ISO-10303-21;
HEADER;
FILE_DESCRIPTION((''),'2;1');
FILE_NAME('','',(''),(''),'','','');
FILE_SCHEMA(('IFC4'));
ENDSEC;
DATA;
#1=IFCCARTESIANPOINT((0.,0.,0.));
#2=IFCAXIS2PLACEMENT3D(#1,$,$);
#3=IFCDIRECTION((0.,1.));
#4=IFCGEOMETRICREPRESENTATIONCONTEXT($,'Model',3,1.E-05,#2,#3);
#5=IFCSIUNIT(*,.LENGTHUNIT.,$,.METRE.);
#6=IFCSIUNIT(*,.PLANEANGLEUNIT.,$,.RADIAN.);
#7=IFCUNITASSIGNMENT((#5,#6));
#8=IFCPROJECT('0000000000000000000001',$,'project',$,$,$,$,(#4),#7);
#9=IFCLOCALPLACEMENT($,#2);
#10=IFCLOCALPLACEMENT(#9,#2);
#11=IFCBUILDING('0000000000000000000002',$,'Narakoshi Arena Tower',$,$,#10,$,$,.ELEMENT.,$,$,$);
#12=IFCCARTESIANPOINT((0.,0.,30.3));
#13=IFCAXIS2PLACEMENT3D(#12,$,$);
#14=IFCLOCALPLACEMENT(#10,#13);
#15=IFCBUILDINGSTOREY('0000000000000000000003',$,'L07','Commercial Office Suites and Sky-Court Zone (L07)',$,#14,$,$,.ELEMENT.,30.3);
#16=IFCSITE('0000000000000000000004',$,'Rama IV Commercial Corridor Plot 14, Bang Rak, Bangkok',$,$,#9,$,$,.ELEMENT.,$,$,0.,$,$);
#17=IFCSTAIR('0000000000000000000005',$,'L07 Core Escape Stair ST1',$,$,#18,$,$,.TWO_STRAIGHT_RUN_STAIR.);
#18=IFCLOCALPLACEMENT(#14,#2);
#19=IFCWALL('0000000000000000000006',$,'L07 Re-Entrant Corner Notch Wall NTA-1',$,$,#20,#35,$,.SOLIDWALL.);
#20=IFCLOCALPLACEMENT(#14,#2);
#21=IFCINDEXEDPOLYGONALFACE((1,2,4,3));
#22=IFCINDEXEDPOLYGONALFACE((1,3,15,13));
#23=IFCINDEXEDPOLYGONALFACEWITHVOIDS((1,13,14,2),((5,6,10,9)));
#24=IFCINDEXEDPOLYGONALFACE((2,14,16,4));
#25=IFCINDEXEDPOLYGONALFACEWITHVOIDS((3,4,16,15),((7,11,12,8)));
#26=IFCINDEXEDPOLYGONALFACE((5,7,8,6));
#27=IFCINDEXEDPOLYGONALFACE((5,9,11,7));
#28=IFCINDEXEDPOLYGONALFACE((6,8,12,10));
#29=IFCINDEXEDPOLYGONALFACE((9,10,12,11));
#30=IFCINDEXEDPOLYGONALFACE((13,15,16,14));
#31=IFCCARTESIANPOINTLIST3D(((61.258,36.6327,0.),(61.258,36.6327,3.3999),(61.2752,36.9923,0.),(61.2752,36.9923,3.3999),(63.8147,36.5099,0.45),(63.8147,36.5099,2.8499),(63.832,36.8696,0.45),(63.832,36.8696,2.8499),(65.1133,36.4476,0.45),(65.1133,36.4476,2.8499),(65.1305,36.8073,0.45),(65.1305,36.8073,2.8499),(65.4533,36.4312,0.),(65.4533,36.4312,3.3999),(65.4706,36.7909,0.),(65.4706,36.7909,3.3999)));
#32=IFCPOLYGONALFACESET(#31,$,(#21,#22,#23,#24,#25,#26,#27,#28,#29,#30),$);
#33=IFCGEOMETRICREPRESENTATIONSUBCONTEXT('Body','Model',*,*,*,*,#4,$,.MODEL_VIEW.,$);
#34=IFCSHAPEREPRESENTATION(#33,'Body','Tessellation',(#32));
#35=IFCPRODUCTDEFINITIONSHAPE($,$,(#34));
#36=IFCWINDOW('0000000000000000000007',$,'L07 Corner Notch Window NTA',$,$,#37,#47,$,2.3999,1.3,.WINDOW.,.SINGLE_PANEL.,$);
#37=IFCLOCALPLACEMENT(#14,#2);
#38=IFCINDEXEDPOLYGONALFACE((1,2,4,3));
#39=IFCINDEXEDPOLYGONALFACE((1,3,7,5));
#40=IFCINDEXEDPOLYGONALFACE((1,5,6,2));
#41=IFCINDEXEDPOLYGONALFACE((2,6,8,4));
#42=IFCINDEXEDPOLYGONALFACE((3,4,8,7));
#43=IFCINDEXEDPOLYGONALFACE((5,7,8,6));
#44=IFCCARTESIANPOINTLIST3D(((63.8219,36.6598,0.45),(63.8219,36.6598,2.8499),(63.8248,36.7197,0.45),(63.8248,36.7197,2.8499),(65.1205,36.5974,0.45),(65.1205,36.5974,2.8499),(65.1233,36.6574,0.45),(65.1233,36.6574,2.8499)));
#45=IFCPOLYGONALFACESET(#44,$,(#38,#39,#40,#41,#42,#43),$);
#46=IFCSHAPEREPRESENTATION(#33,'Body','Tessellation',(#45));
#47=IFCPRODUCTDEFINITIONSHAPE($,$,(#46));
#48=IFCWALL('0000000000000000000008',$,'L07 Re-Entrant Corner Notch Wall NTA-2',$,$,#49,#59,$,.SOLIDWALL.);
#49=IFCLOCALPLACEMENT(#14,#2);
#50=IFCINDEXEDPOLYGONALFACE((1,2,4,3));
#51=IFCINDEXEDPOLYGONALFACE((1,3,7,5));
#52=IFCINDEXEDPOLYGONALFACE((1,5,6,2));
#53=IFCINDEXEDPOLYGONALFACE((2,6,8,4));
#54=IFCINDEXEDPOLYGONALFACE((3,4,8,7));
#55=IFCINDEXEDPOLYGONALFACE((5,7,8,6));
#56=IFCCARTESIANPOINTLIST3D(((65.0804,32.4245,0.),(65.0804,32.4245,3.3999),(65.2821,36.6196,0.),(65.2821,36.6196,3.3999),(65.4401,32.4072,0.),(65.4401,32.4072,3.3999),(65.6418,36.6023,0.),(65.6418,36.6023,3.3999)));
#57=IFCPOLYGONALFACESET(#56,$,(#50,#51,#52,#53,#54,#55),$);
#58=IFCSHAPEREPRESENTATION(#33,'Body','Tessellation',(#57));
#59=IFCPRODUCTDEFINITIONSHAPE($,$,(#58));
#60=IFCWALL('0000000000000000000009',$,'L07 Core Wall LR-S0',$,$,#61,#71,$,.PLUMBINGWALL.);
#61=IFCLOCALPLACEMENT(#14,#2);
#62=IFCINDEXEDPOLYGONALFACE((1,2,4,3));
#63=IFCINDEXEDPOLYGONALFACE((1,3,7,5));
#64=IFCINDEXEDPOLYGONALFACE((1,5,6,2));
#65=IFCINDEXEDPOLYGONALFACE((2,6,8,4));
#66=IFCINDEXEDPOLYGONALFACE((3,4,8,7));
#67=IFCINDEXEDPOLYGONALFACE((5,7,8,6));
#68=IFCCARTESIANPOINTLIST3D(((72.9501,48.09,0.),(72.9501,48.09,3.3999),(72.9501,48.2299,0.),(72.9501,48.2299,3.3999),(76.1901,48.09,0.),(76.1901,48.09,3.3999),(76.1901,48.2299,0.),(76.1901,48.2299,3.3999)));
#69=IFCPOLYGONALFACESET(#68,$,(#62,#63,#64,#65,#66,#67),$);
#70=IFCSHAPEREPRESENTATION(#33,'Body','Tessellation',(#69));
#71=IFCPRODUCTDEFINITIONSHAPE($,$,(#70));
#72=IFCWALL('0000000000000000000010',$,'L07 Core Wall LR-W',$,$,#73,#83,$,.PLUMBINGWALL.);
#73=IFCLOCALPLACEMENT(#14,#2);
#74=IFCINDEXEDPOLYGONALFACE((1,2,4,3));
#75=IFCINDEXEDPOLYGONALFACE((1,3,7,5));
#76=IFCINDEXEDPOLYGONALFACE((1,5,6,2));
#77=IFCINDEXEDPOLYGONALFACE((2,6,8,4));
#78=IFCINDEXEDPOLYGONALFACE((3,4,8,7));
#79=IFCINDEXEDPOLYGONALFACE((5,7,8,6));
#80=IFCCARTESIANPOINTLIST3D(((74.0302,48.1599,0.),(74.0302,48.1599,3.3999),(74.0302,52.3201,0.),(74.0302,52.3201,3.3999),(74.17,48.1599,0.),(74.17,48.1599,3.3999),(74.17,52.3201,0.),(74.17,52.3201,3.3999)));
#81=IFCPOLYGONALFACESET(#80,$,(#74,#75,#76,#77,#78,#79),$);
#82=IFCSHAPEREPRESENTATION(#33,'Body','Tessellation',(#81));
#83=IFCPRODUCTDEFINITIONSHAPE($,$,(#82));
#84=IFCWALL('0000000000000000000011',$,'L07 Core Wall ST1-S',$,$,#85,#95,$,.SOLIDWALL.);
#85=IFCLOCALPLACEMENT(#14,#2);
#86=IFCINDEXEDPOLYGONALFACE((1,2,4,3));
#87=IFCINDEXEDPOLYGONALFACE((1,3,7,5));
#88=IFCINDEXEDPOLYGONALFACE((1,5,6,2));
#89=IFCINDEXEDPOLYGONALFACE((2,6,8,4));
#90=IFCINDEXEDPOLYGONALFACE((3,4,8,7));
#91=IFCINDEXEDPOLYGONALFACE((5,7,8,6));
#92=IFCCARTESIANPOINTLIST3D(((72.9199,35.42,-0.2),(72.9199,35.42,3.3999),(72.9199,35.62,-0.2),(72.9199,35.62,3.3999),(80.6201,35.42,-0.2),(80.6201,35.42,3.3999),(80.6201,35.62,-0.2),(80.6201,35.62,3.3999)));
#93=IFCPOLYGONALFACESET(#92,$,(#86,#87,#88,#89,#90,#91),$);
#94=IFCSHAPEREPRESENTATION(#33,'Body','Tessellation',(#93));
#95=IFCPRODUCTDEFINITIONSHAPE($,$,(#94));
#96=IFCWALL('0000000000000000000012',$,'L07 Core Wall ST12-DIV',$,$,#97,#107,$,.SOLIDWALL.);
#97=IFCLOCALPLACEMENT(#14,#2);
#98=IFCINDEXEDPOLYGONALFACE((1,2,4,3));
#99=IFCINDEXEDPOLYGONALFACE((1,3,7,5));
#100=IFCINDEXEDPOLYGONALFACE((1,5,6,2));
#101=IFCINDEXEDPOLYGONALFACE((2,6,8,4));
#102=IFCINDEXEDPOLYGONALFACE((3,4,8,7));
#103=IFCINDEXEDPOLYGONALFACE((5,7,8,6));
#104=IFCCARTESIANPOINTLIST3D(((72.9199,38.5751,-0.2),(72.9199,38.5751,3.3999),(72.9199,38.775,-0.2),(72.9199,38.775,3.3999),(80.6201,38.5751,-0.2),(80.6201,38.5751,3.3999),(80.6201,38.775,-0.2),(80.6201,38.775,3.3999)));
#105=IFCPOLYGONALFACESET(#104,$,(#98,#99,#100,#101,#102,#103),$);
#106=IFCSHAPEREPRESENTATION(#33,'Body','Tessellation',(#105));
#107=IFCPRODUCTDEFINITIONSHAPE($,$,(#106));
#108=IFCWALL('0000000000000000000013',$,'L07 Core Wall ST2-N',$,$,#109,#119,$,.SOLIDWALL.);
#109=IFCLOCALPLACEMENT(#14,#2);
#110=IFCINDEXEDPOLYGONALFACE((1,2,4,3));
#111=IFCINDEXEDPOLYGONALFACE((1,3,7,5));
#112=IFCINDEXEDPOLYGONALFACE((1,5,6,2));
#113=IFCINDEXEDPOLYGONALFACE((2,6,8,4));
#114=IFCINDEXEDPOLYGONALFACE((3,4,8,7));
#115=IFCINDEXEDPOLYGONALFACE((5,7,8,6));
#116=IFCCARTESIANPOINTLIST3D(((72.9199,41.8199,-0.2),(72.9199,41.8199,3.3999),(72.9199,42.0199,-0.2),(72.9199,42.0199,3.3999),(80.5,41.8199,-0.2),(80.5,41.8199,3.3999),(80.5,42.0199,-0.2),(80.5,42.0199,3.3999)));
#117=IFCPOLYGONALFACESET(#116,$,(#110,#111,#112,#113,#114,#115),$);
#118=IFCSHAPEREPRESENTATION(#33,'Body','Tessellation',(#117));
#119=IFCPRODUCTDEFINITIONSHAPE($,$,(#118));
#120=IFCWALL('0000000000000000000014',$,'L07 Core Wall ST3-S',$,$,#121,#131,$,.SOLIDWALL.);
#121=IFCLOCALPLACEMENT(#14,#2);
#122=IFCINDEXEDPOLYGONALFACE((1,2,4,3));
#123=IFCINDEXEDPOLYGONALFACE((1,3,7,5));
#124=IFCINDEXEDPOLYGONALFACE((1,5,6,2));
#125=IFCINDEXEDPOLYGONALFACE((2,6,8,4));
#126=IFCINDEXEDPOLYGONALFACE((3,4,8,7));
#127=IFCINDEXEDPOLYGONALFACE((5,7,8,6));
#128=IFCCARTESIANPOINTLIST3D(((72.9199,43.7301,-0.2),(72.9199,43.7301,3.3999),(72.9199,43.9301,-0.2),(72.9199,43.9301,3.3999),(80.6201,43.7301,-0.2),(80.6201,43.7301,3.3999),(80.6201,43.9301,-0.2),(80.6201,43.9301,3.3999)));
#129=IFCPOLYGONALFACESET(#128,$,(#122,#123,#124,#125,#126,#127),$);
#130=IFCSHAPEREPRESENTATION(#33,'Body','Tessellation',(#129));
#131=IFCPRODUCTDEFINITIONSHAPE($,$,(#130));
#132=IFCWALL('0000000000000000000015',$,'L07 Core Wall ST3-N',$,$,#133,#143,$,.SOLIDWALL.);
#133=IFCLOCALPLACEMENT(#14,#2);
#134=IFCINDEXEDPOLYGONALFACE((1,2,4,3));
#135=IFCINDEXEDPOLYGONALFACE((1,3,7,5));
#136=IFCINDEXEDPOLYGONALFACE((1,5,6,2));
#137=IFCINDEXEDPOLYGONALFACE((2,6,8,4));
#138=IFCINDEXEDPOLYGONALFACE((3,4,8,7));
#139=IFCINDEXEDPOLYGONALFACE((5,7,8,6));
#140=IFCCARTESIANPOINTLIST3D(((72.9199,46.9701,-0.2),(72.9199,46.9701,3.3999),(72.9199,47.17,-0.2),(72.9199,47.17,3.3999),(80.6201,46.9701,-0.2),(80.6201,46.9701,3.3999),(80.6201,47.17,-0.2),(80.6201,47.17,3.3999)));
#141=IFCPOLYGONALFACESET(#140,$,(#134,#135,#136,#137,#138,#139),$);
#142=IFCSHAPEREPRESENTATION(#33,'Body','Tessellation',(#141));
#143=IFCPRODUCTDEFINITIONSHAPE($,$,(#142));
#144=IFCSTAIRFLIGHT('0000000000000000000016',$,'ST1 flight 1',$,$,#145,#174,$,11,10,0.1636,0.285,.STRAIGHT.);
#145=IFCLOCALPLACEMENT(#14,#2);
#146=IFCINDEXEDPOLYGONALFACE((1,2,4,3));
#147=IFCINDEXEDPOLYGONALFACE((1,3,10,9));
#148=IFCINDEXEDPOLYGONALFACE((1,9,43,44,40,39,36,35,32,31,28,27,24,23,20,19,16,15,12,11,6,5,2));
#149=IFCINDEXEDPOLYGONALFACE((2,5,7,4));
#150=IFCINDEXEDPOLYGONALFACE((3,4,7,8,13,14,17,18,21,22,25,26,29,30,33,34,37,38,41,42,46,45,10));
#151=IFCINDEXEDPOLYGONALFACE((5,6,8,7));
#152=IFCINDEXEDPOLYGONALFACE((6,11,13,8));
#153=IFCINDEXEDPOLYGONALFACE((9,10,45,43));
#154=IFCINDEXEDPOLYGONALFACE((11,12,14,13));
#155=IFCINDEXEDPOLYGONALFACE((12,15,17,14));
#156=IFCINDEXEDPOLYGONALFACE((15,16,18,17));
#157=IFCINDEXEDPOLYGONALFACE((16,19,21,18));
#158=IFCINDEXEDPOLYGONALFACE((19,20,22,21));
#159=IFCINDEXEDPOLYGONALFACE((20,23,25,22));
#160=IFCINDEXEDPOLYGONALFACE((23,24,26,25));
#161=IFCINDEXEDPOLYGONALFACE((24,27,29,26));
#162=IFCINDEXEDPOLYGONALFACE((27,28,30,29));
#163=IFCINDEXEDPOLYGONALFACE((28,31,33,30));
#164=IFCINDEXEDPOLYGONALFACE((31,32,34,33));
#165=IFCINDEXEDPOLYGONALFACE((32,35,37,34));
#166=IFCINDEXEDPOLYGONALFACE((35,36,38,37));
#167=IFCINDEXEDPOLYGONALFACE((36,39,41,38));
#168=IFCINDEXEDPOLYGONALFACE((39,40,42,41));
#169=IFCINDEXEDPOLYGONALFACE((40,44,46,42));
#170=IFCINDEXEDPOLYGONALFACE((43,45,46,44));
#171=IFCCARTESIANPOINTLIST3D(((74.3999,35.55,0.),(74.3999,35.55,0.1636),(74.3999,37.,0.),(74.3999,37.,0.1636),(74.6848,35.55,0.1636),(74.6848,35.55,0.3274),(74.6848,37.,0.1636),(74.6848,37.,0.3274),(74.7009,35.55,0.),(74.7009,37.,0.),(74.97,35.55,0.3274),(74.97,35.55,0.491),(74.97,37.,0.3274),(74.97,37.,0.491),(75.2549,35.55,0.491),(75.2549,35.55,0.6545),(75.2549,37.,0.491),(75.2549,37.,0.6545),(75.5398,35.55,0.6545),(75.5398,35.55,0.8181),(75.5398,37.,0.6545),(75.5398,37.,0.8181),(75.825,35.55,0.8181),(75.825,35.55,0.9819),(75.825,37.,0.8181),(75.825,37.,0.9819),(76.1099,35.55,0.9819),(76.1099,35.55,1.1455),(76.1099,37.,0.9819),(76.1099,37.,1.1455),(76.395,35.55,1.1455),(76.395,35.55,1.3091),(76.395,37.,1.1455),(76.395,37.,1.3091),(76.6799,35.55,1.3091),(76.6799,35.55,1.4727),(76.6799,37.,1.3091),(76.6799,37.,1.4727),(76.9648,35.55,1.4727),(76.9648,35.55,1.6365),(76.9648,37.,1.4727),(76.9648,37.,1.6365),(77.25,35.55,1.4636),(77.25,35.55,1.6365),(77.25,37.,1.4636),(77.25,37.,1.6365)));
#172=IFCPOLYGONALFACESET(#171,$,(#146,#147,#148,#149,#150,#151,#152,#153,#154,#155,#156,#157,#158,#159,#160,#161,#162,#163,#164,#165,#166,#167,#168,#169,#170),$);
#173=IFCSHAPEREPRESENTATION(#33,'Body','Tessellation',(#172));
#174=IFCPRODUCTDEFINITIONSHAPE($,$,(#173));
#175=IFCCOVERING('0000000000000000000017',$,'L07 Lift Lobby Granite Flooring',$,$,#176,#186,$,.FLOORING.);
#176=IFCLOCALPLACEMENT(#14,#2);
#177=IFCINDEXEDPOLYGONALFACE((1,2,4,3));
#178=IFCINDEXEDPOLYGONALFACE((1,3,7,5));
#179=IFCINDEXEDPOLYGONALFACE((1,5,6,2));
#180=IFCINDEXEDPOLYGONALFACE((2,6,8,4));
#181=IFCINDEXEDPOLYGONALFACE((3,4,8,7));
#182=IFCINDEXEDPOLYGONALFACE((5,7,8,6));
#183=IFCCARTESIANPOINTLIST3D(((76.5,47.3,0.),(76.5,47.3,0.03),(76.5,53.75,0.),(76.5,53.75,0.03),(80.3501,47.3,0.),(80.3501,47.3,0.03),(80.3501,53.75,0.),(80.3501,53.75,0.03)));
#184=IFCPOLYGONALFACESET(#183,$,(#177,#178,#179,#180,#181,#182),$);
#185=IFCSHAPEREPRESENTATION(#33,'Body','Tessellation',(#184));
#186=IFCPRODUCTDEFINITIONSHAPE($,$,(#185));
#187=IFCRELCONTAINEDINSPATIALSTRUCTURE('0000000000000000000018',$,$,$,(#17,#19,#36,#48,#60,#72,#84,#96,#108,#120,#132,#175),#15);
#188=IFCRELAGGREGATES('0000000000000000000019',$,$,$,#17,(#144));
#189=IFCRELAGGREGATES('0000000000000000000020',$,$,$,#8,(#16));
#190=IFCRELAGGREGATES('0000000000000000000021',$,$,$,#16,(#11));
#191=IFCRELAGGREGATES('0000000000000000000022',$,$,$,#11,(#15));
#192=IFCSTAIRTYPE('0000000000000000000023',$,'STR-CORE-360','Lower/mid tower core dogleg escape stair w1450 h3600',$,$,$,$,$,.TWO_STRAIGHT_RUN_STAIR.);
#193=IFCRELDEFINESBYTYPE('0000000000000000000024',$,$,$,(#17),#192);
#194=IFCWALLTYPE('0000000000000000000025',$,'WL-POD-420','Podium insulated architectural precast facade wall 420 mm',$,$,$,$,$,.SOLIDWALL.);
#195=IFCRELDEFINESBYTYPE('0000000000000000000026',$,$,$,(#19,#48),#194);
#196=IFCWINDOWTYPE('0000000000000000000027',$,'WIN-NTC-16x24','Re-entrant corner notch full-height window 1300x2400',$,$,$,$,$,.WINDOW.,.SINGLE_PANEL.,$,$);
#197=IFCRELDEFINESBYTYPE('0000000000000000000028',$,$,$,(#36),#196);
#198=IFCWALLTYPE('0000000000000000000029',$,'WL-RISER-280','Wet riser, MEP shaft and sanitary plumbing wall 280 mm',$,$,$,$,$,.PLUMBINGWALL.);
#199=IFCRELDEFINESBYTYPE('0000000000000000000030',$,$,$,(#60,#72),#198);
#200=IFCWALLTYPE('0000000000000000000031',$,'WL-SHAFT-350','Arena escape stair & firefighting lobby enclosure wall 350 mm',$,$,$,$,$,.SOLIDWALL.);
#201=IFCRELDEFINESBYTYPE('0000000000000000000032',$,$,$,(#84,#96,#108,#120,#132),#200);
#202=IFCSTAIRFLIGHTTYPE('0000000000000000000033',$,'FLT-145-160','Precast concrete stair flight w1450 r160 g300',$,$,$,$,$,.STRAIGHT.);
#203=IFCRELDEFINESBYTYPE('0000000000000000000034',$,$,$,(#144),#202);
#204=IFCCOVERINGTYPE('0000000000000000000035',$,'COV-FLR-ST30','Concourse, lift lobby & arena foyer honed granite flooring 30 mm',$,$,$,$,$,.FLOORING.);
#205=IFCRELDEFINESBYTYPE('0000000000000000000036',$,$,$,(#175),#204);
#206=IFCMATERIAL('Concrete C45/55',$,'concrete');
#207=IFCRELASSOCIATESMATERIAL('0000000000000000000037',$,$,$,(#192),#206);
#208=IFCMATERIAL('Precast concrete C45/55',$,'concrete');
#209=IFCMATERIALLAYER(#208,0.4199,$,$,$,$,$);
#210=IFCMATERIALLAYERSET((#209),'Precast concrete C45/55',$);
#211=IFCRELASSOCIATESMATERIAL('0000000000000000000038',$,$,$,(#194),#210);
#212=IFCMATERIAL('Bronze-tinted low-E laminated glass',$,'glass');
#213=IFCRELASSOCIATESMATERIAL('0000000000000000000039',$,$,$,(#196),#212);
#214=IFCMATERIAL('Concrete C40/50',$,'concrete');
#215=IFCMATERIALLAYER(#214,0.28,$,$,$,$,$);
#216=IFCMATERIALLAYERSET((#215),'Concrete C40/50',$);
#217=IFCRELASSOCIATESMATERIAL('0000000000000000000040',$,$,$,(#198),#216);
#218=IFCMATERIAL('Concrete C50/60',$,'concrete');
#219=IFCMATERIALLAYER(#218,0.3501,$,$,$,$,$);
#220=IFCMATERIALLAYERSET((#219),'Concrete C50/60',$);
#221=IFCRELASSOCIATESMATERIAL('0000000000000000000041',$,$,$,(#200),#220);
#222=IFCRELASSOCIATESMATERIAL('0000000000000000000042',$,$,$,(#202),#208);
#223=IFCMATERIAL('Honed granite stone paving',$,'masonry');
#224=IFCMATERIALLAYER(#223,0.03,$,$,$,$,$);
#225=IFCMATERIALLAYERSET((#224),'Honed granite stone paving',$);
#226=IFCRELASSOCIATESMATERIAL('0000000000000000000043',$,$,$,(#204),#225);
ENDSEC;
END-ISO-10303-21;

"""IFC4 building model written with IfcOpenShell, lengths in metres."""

from ifc_helpers import new_model, si_unit, direction, frame, frame_2d, origin, place, context, subcontext, project, spatial, polyline, rectangle, outline, extrude, material, layer, layer_set, type_object, element, fill, aggregate, save


model = new_model("IFC4")

# Units and contexts
model_context = context("Model", 3, precision=1e-05, world=origin(), true_north=direction((0.0, 1.0)))
body_context = subcontext(model_context, "Body", "Model", "MODEL_VIEW")
ifc_project = project(units=[si_unit("LENGTHUNIT", "METRE"), si_unit("PLANEANGLEUNIT", "RADIAN")], contexts=[model_context])

# Site, building, storey
site_placement = place(None, origin())
site = spatial("IfcSite", under=ifc_project, at=site_placement, Name="Rama IV Commercial Corridor Plot 14, Bang Rak, Bangkok", CompositionType="ELEMENT", RefElevation=0.0)
building_placement = place(site_placement, origin())
building = spatial("IfcBuilding", under=site, at=building_placement, Name="Narakoshi Arena Tower", CompositionType="ELEMENT")
storey_placement = place(building_placement, frame((0.0, 0.0, 30.3)))
storey = spatial("IfcBuildingStorey", under=building, at=storey_placement, Name="L07", Description="Commercial Office Suites and Sky-Court Zone (L07)", CompositionType="ELEMENT", Elevation=30.3)

# Stair
ifc_material_1 = material(Name="Concrete C45/55", Category="concrete")
stair_type = type_object("IfcStairType", Name="STR-CORE-360", Description="Lower/mid tower core dogleg escape stair w1450 h3600", PredefinedType="TWO_STRAIGHT_RUN_STAIR", material=ifc_material_1)
stair_1_placement = place(storey_placement, origin())
stair_1 = element("IfcStair", 1, at=stair_1_placement, inside=storey, type_object=stair_type, Name="L07 Core Escape Stair ST1", PredefinedType="TWO_STRAIGHT_RUN_STAIR")

# Wall, opening, window
ifc_material_2 = material(Name="Precast concrete C45/55", Category="concrete")
ifc_layer_1 = layer(ifc_material_2, 0.4199)
ifc_layer_set_1 = layer_set([ifc_layer_1], Name="Precast concrete C45/55")
wall_type_1 = type_object("IfcWallType", Name="WL-POD-420", Description="Podium insulated architectural precast facade wall 420 mm", PredefinedType="SOLIDWALL", material=ifc_layer_set_1)
ifc_material_3 = material(Name="Bronze-tinted low-E laminated glass", Category="glass")
wall_1_placement = place(storey_placement, frame((61.2666, 36.8125, 0.0), z_axis=(0.0, 0.0, 1.0), x_axis=(0.99885, -0.047955, 0.0)))
wall_1 = element("IfcWall", 2, at=wall_1_placement, inside=storey, type_object=wall_type_1, Name="L07 Re-Entrant Corner Notch Wall NTA-1", PredefinedType="SOLIDWALL", context=body_context, shape_type="SweptSolid", body=[
    extrude(rectangle(XDim=4.2002, YDim=0.3601, at=frame_2d((2.1001, 0.0))), origin(), (0.0, 0.0, 1.0), 3.3999),
])
opening_1_placement = place(wall_1_placement, frame((2.5598, 0.0, 0.45)))
opening_1 = element("IfcOpeningElement", 3, at=opening_1_placement, cuts=wall_1, PredefinedType="OPENING", context=body_context, shape_type="SweptSolid", body=[
    extrude(rectangle(XDim=1.3, YDim=2.3999, at=frame_2d((0.6499, 1.2))), frame((0.0, 0.1899, 0.0), z_axis=(0.0, -1.0, 0.0), x_axis=(1.0, 0.0, 0.0)), (0.0, 0.0, 1.0), 0.3801),
])
window_type_1 = type_object("IfcWindowType", Name="WIN-NTC-16x24", Description="Re-entrant corner notch full-height window 1300x2400", PartitioningType="SINGLE_PANEL", PredefinedType="WINDOW", material=ifc_material_3)
window_1_placement = place(opening_1_placement, origin())
window_1 = element("IfcWindow", 4, at=window_1_placement, inside=storey, type_object=window_type_1, Name="L07 Corner Notch Window NTA", OverallHeight=2.3999, OverallWidth=1.3, PartitioningType="SINGLE_PANEL", PredefinedType="WINDOW", context=body_context, shape_type="SweptSolid", body=[
    extrude(rectangle(XDim=1.3, YDim=2.3999, at=frame_2d((0.6499, 1.2))), frame((0.0, 0.03, 0.0), z_axis=(0.0, -1.0, 0.0), x_axis=(1.0, 0.0, 0.0)), (0.0, 0.0, 1.0), 0.0601),
])
fill(opening_1, window_1)

# Walls
wall_2_placement = place(storey_placement, frame((65.4619, 36.6111, 0.0), z_axis=(0.0, 0.0, 1.0), x_axis=(-0.048015, -0.998847, 0.0)))
element("IfcWall", 5, at=wall_2_placement, inside=storey, type_object=wall_type_1, Name="L07 Re-Entrant Corner Notch Wall NTA-2", PredefinedType="SOLIDWALL", context=body_context, shape_type="SweptSolid", body=[
    extrude(rectangle(XDim=4.2, YDim=0.3601, at=frame_2d((2.1001, 0.0))), origin(), (0.0, 0.0, 1.0), 3.3999),
])
ifc_material_4 = material(Name="Concrete C40/50", Category="concrete")
ifc_layer_2 = layer(ifc_material_4, 0.28)
ifc_layer_set_2 = layer_set([ifc_layer_2], Name="Concrete C40/50")
wall_type_2 = type_object("IfcWallType", Name="WL-RISER-280", Description="Wet riser, MEP shaft and sanitary plumbing wall 280 mm", PredefinedType="PLUMBINGWALL", material=ifc_layer_set_2)
wall_3_placement = place(storey_placement, frame((72.95, 48.1599, 0.0), z_axis=(0.0, 0.0, 1.0), x_axis=(1.0, 0.0, 0.0)))
element("IfcWall", 6, at=wall_3_placement, inside=storey, type_object=wall_type_2, Name="L07 Core Wall LR-S0", PredefinedType="PLUMBINGWALL", context=body_context, shape_type="SweptSolid", body=[
    extrude(rectangle(XDim=3.24, YDim=0.1399, at=frame_2d((1.6201, 0.0))), origin(), (0.0, 0.0, 1.0), 3.3999),
])
wall_4_placement = place(storey_placement, frame((74.1001, 48.1599, 0.0), z_axis=(0.0, 0.0, 1.0), x_axis=(0.0, 1.0, 0.0)))
element("IfcWall", 7, at=wall_4_placement, inside=storey, type_object=wall_type_2, Name="L07 Core Wall LR-W", PredefinedType="PLUMBINGWALL", context=body_context, shape_type="SweptSolid", body=[
    extrude(rectangle(XDim=4.1602, YDim=0.1399, at=frame_2d((2.0801, 0.0))), origin(), (0.0, 0.0, 1.0), 3.3999),
])
ifc_material_5 = material(Name="Concrete C50/60", Category="concrete")
ifc_layer_3 = layer(ifc_material_5, 0.3501)
ifc_layer_set_3 = layer_set([ifc_layer_3], Name="Concrete C50/60")
wall_type_3 = type_object("IfcWallType", Name="WL-SHAFT-350", Description="Arena escape stair & firefighting lobby enclosure wall 350 mm", PredefinedType="SOLIDWALL", material=ifc_layer_set_3)
for number, where, z_axis, x_axis, name in (
    (8, (72.9199, 35.52, -0.2), (0.0, 0.0, 1.0), (1.0, 0.0, 0.0), "L07 Core Wall ST1-S"),
    (9, (72.9199, 38.675, -0.2), (0.0, 0.0, 1.0), (1.0, 0.0, 0.0), "L07 Core Wall ST12-DIV"),
):
    element("IfcWall", number, at=place(storey_placement, frame(where, z_axis=z_axis, x_axis=x_axis)), inside=storey, type_object=wall_type_3, Name=name, PredefinedType="SOLIDWALL", context=body_context, shape_type="SweptSolid", body=[
        extrude(rectangle(XDim=7.7002, YDim=0.2, at=frame_2d((3.8501, 0.0))), origin(), (0.0, 0.0, 1.0), 3.5999),
    ])
wall_5_placement = place(storey_placement, frame((72.9199, 41.9199, -0.2), z_axis=(0.0, 0.0, 1.0), x_axis=(1.0, 0.0, 0.0)))
element("IfcWall", 10, at=wall_5_placement, inside=storey, type_object=wall_type_3, Name="L07 Core Wall ST2-N", PredefinedType="SOLIDWALL", context=body_context, shape_type="SweptSolid", body=[
    extrude(rectangle(XDim=7.5801, YDim=0.2, at=frame_2d((3.79, 0.0))), origin(), (0.0, 0.0, 1.0), 3.5999),
])
for number, where, z_axis, x_axis, name in (
    (11, (72.9199, 43.8301, -0.2), (0.0, 0.0, 1.0), (1.0, 0.0, 0.0), "L07 Core Wall ST3-S"),
    (12, (72.9199, 47.0701, -0.2), (0.0, 0.0, 1.0), (1.0, 0.0, 0.0), "L07 Core Wall ST3-N"),
):
    element("IfcWall", number, at=place(storey_placement, frame(where, z_axis=z_axis, x_axis=x_axis)), inside=storey, type_object=wall_type_3, Name=name, PredefinedType="SOLIDWALL", context=body_context, shape_type="SweptSolid", body=[
        extrude(rectangle(XDim=7.7002, YDim=0.2, at=frame_2d((3.8501, 0.0))), origin(), (0.0, 0.0, 1.0), 3.5999),
    ])

# Stair flight
stair_flight_type = type_object("IfcStairFlightType", Name="FLT-145-160", Description="Precast concrete stair flight w1450 r160 g300", PredefinedType="STRAIGHT", material=ifc_material_2)
stair_flight_placement = place(storey_placement, frame((74.3999, 36.2749, 0.0), z_axis=(0.0, 0.0, 1.0), x_axis=(1.0, 0.0, 0.0)))
stair_flight = element("IfcStairFlight", 13, at=stair_flight_placement, type_object=stair_flight_type, Name="ST1 flight 1", NumberOfRisers=11, NumberOfTreads=10, PredefinedType="STRAIGHT", RiserHeight=0.1636, TreadLength=0.285, context=body_context, shape_type="SweptSolid", body=[
    extrude(outline(polyline([(0.0, 0.0), (0.0, 0.1636), (0.2849, 0.1636), (0.2849, 0.3274), (0.5701, 0.3274), (0.5701, 0.491), (0.855, 0.491), (0.855, 0.6545), (1.1399, 0.6545), (1.1399, 0.8181), (1.425, 0.8181), (1.425, 0.9819), (1.71, 0.9819), (1.71, 1.1455), (1.9951, 1.1455), (1.9951, 1.3091), (2.28, 1.3091), (2.28, 1.4727), (2.5649, 1.4727), (2.5649, 1.6365), (2.8501, 1.6365), (2.8501, 1.8), (2.8501, 1.4636), (0.301, 0.0), (0.0, 0.0)])), frame((0.0, 0.7251, 0.0), z_axis=(0.0, -1.0, 0.0), x_axis=(1.0, 0.0, 0.0)), (0.0, 0.0, 1.0), 1.45),
])
aggregate(stair_1, [stair_flight])

# Covering
ifc_material_6 = material(Name="Honed granite stone paving", Category="masonry")
ifc_layer_4 = layer(ifc_material_6, 0.03)
ifc_layer_set_4 = layer_set([ifc_layer_4], Name="Honed granite stone paving")
covering_type_1 = type_object("IfcCoveringType", Name="COV-FLR-ST30", Description="Concourse, lift lobby & arena foyer honed granite flooring 30 mm", PredefinedType="FLOORING", material=ifc_layer_set_4)
covering_1_placement = place(storey_placement, origin())
element("IfcCovering", 14, at=covering_1_placement, inside=storey, type_object=covering_type_1, Name="L07 Lift Lobby Granite Flooring", PredefinedType="FLOORING", context=body_context, shape_type="SweptSolid", body=[
    extrude(outline(polyline([(76.5, 47.3), (80.3501, 47.3), (80.3501, 53.75), (76.5, 53.75), (76.5, 47.3)])), origin(), (0.0, 0.0, 1.0), 0.03),
])

save(model, "model.ifc")
